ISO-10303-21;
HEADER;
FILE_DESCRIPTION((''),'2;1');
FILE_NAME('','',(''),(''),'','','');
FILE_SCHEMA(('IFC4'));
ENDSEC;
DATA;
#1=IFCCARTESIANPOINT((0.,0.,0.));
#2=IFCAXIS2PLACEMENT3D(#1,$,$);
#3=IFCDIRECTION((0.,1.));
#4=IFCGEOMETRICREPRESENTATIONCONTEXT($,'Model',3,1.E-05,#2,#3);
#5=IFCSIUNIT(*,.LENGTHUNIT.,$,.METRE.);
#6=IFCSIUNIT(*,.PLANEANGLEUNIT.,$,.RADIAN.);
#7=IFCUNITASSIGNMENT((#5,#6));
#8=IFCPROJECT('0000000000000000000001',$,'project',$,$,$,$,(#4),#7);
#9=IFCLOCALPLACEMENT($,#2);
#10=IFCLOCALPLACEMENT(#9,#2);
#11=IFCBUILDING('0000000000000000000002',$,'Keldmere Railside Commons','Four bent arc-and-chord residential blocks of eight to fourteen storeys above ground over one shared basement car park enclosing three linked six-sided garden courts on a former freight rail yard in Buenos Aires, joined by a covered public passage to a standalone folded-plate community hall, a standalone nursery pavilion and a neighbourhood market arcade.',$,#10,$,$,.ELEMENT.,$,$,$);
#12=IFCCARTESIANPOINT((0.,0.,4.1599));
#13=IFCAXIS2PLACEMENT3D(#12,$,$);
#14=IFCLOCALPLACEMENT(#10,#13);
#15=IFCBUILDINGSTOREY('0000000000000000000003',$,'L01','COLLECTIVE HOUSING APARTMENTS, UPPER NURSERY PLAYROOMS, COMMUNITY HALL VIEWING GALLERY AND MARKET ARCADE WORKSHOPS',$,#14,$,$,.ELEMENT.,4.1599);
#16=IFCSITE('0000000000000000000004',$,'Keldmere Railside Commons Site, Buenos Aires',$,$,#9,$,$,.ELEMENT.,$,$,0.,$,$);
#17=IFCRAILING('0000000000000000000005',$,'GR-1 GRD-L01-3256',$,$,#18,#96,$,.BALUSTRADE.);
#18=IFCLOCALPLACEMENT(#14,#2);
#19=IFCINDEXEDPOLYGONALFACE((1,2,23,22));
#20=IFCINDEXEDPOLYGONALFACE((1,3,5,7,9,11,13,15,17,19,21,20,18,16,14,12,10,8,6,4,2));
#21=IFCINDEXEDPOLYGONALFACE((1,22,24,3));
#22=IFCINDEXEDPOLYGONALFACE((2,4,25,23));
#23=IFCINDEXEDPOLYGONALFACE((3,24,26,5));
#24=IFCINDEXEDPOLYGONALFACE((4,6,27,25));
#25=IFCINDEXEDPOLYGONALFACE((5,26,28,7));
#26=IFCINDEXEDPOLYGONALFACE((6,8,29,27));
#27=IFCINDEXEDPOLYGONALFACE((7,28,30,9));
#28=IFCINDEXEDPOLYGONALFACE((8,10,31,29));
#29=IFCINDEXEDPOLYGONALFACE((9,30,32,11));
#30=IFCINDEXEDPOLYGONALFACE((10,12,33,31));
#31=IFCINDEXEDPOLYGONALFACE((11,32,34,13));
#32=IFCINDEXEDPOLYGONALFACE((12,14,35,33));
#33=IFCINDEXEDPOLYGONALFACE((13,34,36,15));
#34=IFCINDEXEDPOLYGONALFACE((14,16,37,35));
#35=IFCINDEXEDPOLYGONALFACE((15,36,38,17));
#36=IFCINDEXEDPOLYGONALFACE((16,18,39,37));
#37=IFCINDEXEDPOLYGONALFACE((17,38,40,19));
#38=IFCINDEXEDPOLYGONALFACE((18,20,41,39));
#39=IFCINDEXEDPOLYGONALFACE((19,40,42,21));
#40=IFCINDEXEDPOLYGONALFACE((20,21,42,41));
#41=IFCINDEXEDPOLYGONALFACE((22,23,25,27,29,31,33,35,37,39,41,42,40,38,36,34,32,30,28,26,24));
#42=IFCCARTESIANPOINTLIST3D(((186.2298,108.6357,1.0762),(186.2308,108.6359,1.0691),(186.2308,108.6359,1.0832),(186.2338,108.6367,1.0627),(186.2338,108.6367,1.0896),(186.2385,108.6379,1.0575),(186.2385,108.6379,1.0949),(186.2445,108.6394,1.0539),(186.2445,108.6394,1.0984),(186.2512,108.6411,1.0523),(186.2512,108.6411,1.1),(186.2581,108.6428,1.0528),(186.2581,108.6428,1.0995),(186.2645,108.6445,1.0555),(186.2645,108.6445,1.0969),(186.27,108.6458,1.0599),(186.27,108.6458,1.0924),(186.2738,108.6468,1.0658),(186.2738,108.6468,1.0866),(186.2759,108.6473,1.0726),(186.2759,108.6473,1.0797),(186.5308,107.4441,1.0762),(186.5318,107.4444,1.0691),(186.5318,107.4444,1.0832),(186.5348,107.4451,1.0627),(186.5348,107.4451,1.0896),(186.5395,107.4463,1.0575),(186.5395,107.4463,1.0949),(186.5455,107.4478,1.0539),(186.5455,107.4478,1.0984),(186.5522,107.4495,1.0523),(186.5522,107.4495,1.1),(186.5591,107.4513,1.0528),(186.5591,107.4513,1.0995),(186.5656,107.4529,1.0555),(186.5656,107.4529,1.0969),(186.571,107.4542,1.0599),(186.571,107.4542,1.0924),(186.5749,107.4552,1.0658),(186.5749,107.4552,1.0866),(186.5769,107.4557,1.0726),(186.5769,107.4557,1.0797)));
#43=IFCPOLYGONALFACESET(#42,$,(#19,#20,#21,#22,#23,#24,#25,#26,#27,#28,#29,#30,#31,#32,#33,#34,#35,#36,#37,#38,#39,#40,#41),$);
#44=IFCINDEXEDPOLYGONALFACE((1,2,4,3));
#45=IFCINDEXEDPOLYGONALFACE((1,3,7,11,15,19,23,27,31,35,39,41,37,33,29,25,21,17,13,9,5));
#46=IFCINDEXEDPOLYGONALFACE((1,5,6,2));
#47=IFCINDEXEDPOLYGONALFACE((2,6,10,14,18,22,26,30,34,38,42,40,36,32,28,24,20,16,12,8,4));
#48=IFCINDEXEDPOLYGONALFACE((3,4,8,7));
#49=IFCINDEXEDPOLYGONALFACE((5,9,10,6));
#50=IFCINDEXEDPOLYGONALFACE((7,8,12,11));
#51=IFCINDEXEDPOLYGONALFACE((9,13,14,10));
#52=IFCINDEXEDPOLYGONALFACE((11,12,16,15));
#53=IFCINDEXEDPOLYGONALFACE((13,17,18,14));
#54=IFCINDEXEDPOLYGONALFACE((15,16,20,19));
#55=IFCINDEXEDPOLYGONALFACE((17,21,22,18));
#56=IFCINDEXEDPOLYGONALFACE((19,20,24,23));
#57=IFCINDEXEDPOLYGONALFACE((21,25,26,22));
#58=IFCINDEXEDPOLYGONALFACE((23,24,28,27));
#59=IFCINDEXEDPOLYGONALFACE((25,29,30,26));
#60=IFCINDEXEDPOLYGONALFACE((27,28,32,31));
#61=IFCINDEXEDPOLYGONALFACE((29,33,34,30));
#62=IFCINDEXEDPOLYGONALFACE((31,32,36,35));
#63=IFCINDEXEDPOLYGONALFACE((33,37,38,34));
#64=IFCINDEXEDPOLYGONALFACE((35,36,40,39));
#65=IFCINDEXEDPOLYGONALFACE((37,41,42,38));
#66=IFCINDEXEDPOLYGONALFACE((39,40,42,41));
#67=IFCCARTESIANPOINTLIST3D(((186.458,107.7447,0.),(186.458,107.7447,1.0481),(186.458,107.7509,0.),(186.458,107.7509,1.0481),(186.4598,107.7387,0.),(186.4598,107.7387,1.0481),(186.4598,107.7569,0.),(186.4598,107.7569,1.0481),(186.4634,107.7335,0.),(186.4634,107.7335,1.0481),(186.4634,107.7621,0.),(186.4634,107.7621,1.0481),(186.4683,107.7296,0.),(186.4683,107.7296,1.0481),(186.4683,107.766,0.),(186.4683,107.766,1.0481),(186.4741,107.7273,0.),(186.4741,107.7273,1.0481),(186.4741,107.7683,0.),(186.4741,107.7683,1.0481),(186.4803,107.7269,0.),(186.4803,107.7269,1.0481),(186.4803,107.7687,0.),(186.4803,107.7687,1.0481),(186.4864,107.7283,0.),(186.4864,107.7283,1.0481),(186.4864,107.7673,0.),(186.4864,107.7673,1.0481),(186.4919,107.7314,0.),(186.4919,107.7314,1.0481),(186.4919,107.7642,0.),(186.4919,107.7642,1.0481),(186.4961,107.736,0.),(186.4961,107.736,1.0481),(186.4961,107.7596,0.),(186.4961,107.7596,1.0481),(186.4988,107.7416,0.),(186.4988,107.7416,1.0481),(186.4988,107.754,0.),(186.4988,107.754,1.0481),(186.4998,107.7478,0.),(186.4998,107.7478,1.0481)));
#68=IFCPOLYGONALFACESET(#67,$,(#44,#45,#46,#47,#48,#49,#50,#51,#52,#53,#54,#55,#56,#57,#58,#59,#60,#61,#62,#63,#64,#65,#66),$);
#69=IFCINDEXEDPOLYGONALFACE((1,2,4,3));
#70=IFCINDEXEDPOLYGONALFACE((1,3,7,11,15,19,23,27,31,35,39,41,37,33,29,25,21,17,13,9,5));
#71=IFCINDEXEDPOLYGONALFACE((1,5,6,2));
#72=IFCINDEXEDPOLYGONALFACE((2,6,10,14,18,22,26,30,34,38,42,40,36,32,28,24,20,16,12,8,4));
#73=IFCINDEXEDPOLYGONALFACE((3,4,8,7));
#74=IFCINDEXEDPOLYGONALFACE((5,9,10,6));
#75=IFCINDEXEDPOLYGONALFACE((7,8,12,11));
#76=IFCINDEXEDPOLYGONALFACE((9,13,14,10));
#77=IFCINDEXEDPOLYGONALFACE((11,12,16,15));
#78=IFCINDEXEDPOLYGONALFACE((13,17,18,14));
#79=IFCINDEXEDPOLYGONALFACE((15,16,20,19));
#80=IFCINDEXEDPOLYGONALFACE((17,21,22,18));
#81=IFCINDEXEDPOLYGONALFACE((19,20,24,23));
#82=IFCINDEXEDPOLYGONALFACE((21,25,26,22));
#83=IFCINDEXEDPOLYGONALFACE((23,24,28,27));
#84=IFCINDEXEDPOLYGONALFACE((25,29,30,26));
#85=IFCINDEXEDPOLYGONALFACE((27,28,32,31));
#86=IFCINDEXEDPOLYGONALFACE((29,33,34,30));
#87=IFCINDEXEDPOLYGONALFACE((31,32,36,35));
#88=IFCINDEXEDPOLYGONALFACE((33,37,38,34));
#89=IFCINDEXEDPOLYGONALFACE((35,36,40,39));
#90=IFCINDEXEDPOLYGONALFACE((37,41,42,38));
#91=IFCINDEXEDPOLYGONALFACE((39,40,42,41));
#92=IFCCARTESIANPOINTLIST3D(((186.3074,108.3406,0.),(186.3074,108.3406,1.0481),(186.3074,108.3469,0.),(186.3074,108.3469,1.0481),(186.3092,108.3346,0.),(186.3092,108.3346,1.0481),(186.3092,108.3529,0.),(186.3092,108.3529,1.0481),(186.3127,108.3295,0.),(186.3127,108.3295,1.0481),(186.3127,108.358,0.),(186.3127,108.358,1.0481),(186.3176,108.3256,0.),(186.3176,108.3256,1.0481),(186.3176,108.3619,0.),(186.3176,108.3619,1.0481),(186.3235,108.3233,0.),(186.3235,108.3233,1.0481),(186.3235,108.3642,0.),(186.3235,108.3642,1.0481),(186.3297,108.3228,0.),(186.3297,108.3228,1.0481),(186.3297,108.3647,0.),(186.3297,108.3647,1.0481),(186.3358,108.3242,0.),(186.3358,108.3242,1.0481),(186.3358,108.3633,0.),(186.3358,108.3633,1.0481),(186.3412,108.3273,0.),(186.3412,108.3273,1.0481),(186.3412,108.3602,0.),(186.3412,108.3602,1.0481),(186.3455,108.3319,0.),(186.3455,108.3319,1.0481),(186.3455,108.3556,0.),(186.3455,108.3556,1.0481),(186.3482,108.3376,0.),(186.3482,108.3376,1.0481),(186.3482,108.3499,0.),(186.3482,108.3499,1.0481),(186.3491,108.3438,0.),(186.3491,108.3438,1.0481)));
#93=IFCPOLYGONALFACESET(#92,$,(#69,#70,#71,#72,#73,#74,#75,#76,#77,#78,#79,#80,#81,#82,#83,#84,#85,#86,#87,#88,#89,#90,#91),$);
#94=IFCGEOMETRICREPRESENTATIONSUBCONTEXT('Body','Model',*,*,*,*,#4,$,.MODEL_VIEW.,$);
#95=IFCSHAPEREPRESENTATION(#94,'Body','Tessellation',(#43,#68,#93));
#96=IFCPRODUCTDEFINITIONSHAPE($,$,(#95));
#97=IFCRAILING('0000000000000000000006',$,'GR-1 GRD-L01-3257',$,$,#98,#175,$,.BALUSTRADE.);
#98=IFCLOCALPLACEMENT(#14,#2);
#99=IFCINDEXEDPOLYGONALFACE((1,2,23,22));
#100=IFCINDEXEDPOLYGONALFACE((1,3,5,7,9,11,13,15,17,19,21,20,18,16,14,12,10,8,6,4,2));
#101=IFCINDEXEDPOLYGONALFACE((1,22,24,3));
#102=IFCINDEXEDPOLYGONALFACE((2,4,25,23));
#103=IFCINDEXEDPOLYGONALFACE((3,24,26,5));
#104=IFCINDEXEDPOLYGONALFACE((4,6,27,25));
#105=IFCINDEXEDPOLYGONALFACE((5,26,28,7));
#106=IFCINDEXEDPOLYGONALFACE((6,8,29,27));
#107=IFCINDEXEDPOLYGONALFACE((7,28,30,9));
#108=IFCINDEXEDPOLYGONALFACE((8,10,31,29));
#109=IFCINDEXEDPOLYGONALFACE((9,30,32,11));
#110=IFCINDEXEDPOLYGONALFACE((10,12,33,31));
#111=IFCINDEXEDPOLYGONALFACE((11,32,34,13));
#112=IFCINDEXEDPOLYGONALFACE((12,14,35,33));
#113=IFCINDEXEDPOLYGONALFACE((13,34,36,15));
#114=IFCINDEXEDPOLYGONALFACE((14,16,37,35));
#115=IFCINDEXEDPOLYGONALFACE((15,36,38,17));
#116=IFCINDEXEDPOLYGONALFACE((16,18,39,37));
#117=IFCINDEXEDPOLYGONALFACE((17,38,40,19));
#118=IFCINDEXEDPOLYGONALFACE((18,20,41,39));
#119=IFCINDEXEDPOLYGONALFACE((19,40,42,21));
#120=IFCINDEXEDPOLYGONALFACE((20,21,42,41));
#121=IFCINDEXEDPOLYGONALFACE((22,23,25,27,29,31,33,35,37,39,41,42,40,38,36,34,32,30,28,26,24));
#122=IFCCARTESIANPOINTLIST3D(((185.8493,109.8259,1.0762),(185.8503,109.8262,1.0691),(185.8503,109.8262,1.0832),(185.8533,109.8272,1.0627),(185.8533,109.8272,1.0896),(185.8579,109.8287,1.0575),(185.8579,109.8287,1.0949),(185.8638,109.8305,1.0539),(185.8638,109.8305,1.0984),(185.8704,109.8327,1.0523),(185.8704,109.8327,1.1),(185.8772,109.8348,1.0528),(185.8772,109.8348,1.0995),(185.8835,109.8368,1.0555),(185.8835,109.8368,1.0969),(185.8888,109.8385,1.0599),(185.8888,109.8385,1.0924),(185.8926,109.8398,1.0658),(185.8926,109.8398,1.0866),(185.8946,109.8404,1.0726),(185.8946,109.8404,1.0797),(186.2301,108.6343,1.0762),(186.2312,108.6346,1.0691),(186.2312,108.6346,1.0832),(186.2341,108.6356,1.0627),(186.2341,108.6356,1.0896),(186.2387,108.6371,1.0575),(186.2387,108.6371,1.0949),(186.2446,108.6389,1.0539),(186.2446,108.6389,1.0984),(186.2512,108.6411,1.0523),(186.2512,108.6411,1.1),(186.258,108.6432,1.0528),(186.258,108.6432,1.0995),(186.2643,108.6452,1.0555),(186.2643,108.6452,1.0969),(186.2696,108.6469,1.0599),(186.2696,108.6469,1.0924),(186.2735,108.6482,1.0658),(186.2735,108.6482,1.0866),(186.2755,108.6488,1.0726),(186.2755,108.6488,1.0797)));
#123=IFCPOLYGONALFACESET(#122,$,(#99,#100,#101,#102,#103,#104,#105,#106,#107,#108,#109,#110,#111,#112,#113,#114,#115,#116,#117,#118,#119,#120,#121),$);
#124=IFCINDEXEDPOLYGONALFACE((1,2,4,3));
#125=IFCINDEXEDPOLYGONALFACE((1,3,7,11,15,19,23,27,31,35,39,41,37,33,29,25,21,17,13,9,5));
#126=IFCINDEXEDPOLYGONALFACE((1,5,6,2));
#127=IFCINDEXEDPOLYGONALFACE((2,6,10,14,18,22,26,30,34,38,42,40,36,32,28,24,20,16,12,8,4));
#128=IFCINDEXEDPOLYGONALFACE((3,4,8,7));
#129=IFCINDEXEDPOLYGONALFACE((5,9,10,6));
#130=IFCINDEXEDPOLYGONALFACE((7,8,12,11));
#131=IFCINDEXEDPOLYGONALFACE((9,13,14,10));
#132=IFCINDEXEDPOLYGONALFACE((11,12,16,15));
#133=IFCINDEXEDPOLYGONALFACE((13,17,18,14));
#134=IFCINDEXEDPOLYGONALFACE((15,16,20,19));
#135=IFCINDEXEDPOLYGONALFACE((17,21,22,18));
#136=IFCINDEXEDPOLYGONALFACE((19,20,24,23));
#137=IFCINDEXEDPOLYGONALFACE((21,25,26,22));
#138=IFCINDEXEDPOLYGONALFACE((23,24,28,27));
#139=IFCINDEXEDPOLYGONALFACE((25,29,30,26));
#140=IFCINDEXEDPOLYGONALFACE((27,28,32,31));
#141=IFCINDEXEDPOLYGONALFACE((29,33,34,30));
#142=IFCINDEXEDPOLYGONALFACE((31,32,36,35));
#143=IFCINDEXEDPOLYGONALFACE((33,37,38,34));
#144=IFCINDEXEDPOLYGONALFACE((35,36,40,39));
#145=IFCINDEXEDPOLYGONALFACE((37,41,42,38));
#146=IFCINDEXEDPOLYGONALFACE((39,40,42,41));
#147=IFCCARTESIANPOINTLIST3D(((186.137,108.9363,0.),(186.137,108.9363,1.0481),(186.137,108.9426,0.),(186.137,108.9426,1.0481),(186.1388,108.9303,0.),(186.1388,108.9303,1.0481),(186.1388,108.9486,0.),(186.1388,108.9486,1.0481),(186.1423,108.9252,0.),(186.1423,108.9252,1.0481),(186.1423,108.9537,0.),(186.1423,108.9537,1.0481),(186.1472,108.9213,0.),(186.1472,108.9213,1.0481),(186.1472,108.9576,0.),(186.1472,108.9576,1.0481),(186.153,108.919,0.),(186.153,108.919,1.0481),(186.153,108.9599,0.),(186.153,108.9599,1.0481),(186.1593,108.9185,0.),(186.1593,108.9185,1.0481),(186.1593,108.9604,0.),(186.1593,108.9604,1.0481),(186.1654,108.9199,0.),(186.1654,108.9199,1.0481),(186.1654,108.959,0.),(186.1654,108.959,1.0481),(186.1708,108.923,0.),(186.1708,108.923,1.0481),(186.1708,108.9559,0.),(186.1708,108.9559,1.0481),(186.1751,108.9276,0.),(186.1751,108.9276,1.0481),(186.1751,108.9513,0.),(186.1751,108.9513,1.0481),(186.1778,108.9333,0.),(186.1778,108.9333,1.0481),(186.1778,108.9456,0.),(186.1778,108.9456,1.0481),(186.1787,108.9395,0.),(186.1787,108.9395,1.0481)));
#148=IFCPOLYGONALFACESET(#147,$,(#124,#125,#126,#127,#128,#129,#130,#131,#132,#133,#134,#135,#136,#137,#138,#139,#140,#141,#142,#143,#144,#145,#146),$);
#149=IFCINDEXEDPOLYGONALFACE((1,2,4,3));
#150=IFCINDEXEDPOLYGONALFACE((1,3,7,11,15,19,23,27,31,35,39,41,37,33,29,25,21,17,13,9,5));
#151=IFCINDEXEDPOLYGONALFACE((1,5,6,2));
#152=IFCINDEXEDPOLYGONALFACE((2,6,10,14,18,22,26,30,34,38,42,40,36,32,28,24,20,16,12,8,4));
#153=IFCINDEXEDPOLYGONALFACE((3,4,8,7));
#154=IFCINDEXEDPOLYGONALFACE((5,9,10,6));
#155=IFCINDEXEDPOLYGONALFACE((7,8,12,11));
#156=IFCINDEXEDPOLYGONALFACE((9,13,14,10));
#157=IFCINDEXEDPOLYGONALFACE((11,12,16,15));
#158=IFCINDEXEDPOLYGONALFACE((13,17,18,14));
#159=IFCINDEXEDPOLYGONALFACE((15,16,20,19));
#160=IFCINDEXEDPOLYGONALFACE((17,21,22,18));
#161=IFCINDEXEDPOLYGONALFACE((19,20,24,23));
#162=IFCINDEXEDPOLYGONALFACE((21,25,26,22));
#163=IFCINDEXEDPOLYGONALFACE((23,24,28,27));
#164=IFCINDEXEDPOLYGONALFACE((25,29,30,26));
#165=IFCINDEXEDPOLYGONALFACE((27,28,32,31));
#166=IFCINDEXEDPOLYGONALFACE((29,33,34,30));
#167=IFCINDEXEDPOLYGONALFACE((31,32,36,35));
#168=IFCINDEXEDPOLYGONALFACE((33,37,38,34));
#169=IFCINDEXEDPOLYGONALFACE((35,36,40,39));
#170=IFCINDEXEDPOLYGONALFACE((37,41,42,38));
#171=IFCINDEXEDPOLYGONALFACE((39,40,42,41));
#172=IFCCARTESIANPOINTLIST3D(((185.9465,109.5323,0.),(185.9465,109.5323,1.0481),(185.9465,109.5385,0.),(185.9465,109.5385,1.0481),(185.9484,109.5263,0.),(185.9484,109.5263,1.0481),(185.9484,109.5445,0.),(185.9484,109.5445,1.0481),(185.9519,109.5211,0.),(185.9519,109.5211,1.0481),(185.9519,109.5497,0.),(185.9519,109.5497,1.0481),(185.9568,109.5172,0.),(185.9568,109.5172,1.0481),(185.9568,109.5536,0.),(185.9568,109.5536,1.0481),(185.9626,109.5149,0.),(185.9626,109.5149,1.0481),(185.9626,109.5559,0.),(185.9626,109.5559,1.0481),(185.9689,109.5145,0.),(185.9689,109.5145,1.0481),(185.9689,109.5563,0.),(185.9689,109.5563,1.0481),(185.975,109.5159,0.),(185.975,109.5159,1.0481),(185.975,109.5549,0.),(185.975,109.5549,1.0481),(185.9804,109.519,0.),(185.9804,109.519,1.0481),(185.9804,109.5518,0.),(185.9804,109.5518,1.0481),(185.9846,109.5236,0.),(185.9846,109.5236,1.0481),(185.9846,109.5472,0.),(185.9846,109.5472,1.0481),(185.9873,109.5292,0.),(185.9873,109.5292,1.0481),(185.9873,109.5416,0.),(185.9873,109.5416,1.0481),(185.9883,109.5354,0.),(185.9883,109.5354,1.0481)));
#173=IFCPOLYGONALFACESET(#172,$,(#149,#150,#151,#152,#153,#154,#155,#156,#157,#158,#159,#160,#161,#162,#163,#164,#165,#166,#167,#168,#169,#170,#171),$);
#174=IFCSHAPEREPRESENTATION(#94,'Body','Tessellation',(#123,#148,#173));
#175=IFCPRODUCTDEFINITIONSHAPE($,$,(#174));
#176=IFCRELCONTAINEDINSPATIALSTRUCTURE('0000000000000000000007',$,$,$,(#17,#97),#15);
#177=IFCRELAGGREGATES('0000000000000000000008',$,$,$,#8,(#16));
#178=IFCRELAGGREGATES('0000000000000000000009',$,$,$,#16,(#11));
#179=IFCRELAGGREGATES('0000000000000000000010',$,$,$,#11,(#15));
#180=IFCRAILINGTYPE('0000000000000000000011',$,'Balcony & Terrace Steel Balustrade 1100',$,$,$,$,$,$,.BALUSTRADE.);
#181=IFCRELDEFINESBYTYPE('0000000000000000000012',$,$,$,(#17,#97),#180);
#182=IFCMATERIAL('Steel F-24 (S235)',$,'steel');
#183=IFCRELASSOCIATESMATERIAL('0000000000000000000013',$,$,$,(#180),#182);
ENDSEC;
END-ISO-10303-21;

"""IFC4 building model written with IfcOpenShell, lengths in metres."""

from ifc_helpers import new_model, si_unit, direction, frame, origin, origin_2d, place, context, subcontext, project, spatial, circle, extrude, material, type_object, element, save


model = new_model("IFC4")

# Units and contexts
model_context = context("Model", 3, precision=1e-05, world=origin(), true_north=direction((0.0, 1.0)))
body_context = subcontext(model_context, "Body", "Model", "MODEL_VIEW")
ifc_project = project(units=[si_unit("LENGTHUNIT", "METRE"), si_unit("PLANEANGLEUNIT", "RADIAN")], contexts=[model_context])

# Site, building, storey
site_placement = place(None, origin())
site = spatial("IfcSite", under=ifc_project, at=site_placement, Name="Keldmere Railside Commons Site, Buenos Aires", CompositionType="ELEMENT", RefElevation=0.0)
building_placement = place(site_placement, origin())
building = spatial("IfcBuilding", under=site, at=building_placement, Name="Keldmere Railside Commons", Description="Four bent arc-and-chord residential blocks of eight to fourteen storeys above ground over one shared basement car park enclosing three linked six-sided garden courts on a former freight rail yard in Buenos Aires, joined by a covered public passage to a standalone folded-plate community hall, a standalone nursery pavilion and a neighbourhood market arcade.", CompositionType="ELEMENT")
storey_placement = place(building_placement, frame((0.0, 0.0, 4.1599)))
storey = spatial("IfcBuildingStorey", under=building, at=storey_placement, Name="L01", Description="COLLECTIVE HOUSING APARTMENTS, UPPER NURSERY PLAYROOMS, COMMUNITY HALL VIEWING GALLERY AND MARKET ARCADE WORKSHOPS", CompositionType="ELEMENT", Elevation=4.1599)

# Railings
ifc_material_1 = material(Name="Steel F-24 (S235)", Category="steel")
railing_type = type_object("IfcRailingType", Name="Balcony & Terrace Steel Balustrade 1100", PredefinedType="BALUSTRADE", material=ifc_material_1)
railing_1_placement = place(storey_placement, frame((186.554, 107.45, 0.0)))
element("IfcRailing", 1, at=railing_1_placement, inside=storey, type_object=railing_type, Name="GR-1 GRD-L01-3256", PredefinedType="BALUSTRADE", context=body_context, shape_type="SweptSolid", body=[
    extrude(circle(Radius=0.0239, at=origin_2d()), frame((0.0, 0.0, 1.0762), z_axis=(-0.244919, 0.969544, 0.0), x_axis=(-0.969544, -0.244919, 0.0)), (0.0, 0.0, 1.0), 1.229),
    extrude(circle(Radius=0.021, at=origin_2d()), frame((-0.0752, 0.2979, 0.0)), (0.0, 0.0, 1.0), 1.0481),
    extrude(circle(Radius=0.021, at=origin_2d()), frame((-0.2258, 0.8938, 0.0)), (0.0, 0.0, 1.0), 1.0481),
])
railing_2_placement = place(storey_placement, frame((186.2529, 108.6416, 0.0)))
element("IfcRailing", 2, at=railing_2_placement, inside=storey, type_object=railing_type, Name="GR-1 GRD-L01-3257", PredefinedType="BALUSTRADE", context=body_context, shape_type="SweptSolid", body=[
    extrude(circle(Radius=0.0239, at=origin_2d()), frame((0.0, 0.0, 1.0762), z_axis=(-0.304436, 0.952533, 0.0), x_axis=(-0.952533, -0.304436, 0.0)), (0.0, 0.0, 1.0), 1.251),
    extrude(circle(Radius=0.021, at=origin_2d()), frame((-0.0952, 0.2979, 0.0)), (0.0, 0.0, 1.0), 1.0481),
    extrude(circle(Radius=0.021, at=origin_2d()), frame((-0.2856, 0.8938, 0.0)), (0.0, 0.0, 1.0), 1.0481),
])

save(model, "model.ifc")
